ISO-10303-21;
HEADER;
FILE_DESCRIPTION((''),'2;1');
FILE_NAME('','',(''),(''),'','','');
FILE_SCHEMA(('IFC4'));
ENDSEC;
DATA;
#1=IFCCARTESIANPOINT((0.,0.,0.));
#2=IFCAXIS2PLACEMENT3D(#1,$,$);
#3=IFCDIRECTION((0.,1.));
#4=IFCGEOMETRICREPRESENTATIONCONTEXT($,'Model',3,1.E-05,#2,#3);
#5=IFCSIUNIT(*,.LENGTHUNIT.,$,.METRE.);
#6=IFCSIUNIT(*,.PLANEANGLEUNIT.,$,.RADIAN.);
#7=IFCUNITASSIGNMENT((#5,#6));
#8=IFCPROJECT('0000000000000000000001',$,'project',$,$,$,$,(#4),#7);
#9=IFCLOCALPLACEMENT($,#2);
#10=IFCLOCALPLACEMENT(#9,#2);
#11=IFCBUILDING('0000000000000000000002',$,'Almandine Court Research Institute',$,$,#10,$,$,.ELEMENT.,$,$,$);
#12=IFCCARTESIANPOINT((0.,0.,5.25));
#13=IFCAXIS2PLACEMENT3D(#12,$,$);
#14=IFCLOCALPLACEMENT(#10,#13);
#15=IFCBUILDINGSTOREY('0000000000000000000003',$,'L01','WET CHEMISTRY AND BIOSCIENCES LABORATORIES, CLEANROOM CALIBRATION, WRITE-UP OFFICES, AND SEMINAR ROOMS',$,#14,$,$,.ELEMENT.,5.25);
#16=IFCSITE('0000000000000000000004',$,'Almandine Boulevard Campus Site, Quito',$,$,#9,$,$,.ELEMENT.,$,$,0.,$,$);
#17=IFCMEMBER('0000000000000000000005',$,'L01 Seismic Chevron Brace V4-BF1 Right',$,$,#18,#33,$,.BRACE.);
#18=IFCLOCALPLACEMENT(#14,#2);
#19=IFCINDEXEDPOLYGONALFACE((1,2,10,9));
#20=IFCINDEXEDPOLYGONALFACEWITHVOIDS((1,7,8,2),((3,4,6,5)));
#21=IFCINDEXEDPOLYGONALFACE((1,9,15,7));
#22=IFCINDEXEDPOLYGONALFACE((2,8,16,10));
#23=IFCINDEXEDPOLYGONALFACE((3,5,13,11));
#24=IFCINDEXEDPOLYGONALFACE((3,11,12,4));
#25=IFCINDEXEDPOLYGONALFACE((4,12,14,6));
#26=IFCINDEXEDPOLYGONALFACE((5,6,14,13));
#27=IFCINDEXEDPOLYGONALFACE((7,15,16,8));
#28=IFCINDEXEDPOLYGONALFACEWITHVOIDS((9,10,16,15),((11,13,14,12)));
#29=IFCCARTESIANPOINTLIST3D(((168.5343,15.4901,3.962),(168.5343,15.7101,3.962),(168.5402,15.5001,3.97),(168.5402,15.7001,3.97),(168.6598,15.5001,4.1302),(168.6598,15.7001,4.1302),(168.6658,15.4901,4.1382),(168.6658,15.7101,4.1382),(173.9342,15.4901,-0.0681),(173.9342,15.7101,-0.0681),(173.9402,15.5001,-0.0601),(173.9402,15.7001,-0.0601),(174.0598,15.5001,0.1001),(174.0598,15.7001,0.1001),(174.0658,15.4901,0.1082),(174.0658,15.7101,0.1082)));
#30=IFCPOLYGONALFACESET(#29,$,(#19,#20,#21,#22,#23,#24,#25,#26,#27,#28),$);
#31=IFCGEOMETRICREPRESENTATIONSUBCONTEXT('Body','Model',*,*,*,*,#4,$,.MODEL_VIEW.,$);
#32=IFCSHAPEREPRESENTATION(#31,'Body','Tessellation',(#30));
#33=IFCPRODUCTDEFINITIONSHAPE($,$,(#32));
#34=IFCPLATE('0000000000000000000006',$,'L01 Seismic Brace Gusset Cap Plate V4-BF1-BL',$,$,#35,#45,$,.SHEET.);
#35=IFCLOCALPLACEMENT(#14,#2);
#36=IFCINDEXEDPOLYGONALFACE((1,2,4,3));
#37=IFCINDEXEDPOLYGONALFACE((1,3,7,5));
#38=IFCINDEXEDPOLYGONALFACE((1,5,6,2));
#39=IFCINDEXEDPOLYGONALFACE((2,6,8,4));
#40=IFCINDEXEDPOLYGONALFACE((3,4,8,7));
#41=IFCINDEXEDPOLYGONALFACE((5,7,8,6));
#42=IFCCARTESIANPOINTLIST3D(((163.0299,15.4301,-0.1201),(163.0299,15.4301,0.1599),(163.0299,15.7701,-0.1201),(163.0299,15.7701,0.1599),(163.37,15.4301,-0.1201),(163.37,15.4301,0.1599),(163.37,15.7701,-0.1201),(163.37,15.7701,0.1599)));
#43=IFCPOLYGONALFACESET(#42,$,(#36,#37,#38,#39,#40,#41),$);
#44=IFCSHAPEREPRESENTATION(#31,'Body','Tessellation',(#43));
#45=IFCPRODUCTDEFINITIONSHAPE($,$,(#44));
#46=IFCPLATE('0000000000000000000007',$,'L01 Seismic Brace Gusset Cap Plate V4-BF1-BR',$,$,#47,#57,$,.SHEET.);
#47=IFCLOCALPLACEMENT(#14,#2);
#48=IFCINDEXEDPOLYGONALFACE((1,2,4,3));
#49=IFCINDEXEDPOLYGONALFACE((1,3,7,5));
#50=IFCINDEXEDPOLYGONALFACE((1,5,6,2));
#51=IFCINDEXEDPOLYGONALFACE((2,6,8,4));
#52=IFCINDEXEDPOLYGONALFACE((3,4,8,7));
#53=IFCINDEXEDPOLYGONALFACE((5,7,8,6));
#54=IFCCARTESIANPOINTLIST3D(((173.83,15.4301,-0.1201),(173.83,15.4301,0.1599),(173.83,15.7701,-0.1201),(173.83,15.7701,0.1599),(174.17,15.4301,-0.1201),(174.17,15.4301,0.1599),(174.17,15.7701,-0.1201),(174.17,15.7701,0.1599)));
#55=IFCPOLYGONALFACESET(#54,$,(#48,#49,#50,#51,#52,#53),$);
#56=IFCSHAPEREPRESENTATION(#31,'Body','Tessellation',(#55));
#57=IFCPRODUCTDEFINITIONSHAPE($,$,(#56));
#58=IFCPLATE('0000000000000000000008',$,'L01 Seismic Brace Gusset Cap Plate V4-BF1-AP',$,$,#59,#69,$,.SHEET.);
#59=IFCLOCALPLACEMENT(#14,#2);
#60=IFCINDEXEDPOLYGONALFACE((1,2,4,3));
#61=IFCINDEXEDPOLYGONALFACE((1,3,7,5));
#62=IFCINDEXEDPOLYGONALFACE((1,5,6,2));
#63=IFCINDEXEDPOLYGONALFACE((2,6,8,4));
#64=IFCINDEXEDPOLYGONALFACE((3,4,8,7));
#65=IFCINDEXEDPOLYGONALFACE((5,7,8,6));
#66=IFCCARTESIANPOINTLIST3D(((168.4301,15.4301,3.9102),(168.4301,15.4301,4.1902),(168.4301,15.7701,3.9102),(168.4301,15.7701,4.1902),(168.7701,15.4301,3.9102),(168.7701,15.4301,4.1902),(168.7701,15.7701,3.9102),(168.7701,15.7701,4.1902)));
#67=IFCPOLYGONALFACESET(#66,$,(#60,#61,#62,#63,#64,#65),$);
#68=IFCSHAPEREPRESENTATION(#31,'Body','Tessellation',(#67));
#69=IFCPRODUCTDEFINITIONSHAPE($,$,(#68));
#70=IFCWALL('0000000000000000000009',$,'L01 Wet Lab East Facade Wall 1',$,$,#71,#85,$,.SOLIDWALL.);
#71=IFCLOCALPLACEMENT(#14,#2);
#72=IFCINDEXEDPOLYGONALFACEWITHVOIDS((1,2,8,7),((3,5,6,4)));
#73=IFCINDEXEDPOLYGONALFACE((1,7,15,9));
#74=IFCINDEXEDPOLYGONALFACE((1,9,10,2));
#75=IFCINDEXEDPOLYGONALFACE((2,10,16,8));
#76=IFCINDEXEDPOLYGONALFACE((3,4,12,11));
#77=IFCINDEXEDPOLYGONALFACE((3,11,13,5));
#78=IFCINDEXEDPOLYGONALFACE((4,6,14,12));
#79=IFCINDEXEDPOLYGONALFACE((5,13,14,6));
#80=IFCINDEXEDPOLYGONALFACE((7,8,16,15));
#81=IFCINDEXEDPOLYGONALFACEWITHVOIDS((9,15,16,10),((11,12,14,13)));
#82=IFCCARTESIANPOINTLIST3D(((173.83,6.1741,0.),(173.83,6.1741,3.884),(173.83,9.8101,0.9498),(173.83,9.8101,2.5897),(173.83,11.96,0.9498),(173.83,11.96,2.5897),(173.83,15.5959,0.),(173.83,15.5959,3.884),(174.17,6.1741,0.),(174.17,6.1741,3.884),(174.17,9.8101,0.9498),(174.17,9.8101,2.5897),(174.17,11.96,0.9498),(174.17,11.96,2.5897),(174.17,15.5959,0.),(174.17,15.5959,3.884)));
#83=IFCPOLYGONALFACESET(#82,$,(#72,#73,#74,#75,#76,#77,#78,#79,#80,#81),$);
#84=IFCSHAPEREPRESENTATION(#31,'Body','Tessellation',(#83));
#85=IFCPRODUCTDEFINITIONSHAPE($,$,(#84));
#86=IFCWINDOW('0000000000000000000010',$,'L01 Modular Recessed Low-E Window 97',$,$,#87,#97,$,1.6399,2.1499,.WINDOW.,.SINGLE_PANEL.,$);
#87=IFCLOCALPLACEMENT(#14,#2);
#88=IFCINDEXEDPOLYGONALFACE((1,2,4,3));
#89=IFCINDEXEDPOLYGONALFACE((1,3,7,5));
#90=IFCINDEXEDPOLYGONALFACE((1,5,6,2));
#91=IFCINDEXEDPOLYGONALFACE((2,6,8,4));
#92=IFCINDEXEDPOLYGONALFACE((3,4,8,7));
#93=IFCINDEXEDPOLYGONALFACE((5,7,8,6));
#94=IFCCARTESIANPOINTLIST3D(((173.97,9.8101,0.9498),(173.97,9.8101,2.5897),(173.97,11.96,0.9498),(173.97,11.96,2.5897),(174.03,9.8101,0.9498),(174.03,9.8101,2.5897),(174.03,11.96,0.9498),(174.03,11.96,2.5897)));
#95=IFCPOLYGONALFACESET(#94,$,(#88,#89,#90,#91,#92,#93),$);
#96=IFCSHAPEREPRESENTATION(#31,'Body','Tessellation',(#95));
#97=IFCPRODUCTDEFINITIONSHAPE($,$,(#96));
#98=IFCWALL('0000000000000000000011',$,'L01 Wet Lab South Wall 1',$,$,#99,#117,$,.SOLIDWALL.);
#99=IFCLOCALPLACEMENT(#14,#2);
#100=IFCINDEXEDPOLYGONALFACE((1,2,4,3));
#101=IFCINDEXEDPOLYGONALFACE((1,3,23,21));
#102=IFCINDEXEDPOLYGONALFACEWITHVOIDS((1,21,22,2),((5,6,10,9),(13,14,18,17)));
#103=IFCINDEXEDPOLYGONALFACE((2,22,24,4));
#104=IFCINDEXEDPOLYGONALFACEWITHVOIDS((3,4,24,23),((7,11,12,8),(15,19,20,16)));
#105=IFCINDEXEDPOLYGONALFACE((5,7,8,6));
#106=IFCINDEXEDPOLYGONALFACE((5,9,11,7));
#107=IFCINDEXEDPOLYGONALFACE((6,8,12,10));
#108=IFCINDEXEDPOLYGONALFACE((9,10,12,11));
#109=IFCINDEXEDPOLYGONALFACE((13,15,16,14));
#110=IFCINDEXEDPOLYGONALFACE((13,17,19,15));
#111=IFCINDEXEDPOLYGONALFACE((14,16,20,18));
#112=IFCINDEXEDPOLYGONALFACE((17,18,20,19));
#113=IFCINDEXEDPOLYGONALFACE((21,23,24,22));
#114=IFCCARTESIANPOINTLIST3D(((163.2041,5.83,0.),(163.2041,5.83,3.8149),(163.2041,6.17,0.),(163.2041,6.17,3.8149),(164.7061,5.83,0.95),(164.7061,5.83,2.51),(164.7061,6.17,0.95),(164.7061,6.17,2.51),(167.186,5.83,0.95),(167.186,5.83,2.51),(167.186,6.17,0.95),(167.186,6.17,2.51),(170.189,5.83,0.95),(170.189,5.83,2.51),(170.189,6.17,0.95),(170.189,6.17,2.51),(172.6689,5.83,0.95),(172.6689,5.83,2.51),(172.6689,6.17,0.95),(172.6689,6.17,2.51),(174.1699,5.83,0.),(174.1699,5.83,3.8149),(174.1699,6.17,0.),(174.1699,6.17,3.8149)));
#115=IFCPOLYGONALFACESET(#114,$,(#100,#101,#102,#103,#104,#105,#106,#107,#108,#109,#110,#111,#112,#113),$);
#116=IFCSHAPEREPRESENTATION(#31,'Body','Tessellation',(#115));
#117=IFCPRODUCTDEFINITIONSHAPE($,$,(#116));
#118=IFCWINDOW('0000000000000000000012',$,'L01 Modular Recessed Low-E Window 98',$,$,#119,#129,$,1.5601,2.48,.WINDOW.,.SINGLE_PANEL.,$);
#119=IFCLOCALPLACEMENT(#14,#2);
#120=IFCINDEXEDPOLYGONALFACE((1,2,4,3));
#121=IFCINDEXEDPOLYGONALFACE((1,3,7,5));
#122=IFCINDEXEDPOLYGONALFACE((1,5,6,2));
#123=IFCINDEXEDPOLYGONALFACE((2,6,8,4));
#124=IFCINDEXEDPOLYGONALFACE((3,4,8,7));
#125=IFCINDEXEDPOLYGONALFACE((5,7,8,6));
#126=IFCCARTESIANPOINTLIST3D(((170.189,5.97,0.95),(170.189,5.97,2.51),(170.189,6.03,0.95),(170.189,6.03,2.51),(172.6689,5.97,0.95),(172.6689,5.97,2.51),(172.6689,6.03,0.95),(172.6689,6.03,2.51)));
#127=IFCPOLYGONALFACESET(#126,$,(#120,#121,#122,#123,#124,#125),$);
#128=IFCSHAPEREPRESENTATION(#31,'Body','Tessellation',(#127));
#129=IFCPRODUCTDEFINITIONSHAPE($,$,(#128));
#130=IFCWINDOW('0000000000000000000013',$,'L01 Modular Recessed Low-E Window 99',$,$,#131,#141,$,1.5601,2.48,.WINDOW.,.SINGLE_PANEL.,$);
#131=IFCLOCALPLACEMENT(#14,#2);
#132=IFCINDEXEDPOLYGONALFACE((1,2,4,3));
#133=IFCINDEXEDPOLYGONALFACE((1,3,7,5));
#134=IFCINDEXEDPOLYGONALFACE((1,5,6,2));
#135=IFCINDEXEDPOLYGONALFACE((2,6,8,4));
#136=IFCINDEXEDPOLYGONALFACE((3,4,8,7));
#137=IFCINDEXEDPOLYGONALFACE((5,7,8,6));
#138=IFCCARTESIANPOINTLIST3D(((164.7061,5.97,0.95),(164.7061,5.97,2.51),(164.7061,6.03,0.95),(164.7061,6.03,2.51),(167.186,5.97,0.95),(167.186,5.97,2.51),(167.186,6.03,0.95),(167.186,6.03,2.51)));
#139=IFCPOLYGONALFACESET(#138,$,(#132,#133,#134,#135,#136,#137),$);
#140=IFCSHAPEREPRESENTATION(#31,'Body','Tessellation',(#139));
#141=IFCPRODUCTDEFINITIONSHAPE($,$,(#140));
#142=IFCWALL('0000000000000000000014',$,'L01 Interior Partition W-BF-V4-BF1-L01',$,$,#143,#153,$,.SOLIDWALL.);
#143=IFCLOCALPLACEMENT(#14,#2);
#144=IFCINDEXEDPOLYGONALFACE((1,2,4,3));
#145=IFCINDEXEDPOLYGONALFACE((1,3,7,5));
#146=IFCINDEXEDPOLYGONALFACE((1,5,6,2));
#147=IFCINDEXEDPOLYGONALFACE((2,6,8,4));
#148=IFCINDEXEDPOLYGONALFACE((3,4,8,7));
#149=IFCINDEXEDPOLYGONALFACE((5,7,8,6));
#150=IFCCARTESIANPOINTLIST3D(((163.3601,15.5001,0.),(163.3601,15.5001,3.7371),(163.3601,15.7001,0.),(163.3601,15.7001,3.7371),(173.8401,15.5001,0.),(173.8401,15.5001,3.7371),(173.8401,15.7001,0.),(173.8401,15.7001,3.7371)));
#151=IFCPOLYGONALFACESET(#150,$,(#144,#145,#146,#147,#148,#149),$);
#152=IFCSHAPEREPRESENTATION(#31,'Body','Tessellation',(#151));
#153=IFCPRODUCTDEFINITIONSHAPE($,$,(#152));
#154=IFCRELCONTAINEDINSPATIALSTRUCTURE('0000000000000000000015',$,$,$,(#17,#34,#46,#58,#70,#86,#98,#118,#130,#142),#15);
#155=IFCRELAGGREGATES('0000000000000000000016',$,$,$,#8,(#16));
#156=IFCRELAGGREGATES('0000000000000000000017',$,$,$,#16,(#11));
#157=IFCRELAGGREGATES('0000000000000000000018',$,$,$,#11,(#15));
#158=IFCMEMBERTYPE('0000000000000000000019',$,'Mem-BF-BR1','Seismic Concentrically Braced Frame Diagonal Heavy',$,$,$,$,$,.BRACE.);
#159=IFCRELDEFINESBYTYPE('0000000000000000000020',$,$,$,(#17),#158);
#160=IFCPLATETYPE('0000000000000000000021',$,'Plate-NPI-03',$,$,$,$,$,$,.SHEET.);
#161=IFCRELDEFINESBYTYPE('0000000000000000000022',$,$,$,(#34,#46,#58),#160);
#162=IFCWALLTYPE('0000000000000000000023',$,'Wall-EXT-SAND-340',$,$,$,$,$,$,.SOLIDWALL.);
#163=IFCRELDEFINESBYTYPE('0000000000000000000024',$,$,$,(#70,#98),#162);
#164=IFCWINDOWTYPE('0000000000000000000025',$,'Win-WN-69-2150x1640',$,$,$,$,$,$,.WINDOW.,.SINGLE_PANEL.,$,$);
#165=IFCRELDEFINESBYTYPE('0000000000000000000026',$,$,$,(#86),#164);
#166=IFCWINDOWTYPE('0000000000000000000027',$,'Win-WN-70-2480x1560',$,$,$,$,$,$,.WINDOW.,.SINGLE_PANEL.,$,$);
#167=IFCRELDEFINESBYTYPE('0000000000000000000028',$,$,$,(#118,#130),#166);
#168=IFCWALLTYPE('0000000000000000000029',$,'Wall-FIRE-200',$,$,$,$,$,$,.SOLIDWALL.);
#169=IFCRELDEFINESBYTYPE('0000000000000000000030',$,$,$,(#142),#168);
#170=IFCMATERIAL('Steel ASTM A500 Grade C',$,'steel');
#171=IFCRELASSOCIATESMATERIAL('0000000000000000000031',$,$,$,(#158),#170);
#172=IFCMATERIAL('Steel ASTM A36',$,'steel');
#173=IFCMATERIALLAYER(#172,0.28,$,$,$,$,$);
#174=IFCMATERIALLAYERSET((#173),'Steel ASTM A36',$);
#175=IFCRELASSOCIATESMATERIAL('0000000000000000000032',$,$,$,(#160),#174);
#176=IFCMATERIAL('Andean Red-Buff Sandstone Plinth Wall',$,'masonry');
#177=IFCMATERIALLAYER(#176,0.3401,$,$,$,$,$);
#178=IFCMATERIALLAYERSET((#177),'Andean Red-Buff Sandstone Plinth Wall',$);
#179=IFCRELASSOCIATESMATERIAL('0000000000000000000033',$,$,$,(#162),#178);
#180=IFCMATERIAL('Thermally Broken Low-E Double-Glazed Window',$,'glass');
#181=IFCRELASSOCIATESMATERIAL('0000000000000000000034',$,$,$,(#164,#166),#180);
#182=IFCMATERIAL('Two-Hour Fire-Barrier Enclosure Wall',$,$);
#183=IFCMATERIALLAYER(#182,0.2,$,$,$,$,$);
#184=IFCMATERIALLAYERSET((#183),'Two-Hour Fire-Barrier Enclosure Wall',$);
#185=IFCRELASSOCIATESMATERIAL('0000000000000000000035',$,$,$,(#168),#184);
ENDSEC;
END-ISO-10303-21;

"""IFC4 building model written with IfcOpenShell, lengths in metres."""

from ifc_helpers import new_model, si_unit, direction, frame, frame_2d, origin, origin_2d, place, context, subcontext, project, spatial, rectangle, hollow_rectangle, extrude, material, layer, layer_set, material_profile, profile_set, type_object, element, fill, save


model = new_model("IFC4")

# Units and contexts
model_context = context("Model", 3, precision=1e-05, world=origin(), true_north=direction((0.0, 1.0)))
body_context = subcontext(model_context, "Body", "Model", "MODEL_VIEW")
ifc_project = project(units=[si_unit("LENGTHUNIT", "METRE"), si_unit("PLANEANGLEUNIT", "RADIAN")], contexts=[model_context])

# Site, building, storey
site_placement = place(None, origin())
site = spatial("IfcSite", under=ifc_project, at=site_placement, Name="Almandine Boulevard Campus Site, Quito", CompositionType="ELEMENT", RefElevation=0.0)
building_placement = place(site_placement, origin())
building = spatial("IfcBuilding", under=site, at=building_placement, Name="Almandine Court Research Institute", CompositionType="ELEMENT")
storey_placement = place(building_placement, frame((0.0, 0.0, 5.25)))
storey = spatial("IfcBuildingStorey", under=building, at=storey_placement, Name="L01", Description="WET CHEMISTRY AND BIOSCIENCES LABORATORIES, CLEANROOM CALIBRATION, WRITE-UP OFFICES, AND SEMINAR ROOMS", CompositionType="ELEMENT", Elevation=5.25)

# Member
ifc_material_1 = material(Name="Steel ASTM A500 Grade C", Category="steel")
ifc_material_profile_1 = material_profile(ifc_material_1, hollow_rectangle(XDim=0.22, YDim=0.22, WallThickness=0.01, at=origin_2d()), Name="HSS 220x220x10")
ifc_profile_set_1 = profile_set([ifc_material_profile_1], Name="Steel ASTM A500 Grade C")
member_type = type_object("IfcMemberType", Name="Mem-BF-BR1", Description="Seismic Concentrically Braced Frame Diagonal Heavy", PredefinedType="BRACE", material=ifc_profile_set_1)
for number, where, z_axis, x_axis, name in (
    (1, (174.0, 15.6001, 0.02), (-0.801415, 0.0, 0.598108), (0.0, -1.0, 0.0), "L01 Seismic Chevron Brace V4-BF1 Right"),
):
    element("IfcMember", number, at=place(storey_placement, frame(where, z_axis=z_axis, x_axis=x_axis)), inside=storey, type_object=member_type, Name=name, PredefinedType="BRACE", context=body_context, shape_type="SweptSolid", body=[
        extrude(hollow_rectangle(XDim=0.22, YDim=0.22, WallThickness=0.01, at=origin_2d()), origin(), (0.0, 0.0, 1.0), 6.738),
    ])

# Plates
ifc_material_2 = material(Name="Steel ASTM A36", Category="steel")
ifc_layer_1 = layer(ifc_material_2, 0.28)
ifc_layer_set_1 = layer_set([ifc_layer_1], Name="Steel ASTM A36")
plate_type = type_object("IfcPlateType", Name="Plate-NPI-03", PredefinedType="SHEET", material=ifc_layer_set_1)
for number, where, z_axis, x_axis, name in (
    (2, (163.2, 15.6001, -0.1201), (0.0, 0.0, 1.0), (1.0, 0.0, 0.0), "L01 Seismic Brace Gusset Cap Plate V4-BF1-BL"),
    (3, (174.0, 15.6001, -0.1201), (0.0, 0.0, 1.0), (1.0, 0.0, 0.0), "L01 Seismic Brace Gusset Cap Plate V4-BF1-BR"),
    (4, (168.6001, 15.6001, 3.9102), (0.0, 0.0, 1.0), (1.0, 0.0, 0.0), "L01 Seismic Brace Gusset Cap Plate V4-BF1-AP"),
):
    element("IfcPlate", number, at=place(storey_placement, frame(where, z_axis=z_axis, x_axis=x_axis)), inside=storey, type_object=plate_type, Name=name, PredefinedType="SHEET", context=body_context, shape_type="SweptSolid", body=[
        extrude(rectangle(XDim=0.3401, YDim=0.3401, at=origin_2d()), origin(), (0.0, 0.0, 1.0), 0.28),
    ])

# Wall, opening, window
ifc_material_3 = material(Name="Andean Red-Buff Sandstone Plinth Wall", Category="masonry")
ifc_layer_2 = layer(ifc_material_3, 0.3401)
ifc_layer_set_2 = layer_set([ifc_layer_2], Name="Andean Red-Buff Sandstone Plinth Wall")
wall_type_1 = type_object("IfcWallType", Name="Wall-EXT-SAND-340", PredefinedType="SOLIDWALL", material=ifc_layer_set_2)
wall_1_placement = place(storey_placement, frame((174.0, 15.5959, 0.0), z_axis=(0.0, 0.0, 1.0), x_axis=(0.0, -1.0, 0.0)))
wall_1 = element("IfcWall", 5, at=wall_1_placement, inside=storey, type_object=wall_type_1, Name="L01 Wet Lab East Facade Wall 1", PredefinedType="SOLIDWALL", context=body_context, shape_type="SweptSolid", body=[
    extrude(rectangle(XDim=9.4219, YDim=0.3401, at=frame_2d((4.7109, 0.0))), origin(), (0.0, 0.0, 1.0), 3.884),
])
opening_1_placement = place(wall_1_placement, frame((3.636, 0.0, 0.95)))
opening_1 = element("IfcOpeningElement", 6, at=opening_1_placement, cuts=wall_1, PredefinedType="OPENING", context=body_context, shape_type="SweptSolid", body=[
    extrude(rectangle(XDim=2.1499, YDim=1.6399, at=frame_2d((1.075, 0.8198))), frame((0.0, 0.1799, 0.0), z_axis=(0.0, -1.0, 0.0), x_axis=(1.0, 0.0, 0.0)), (0.0, 0.0, 1.0), 0.3601),
])
ifc_material_4 = material(Name="Thermally Broken Low-E Double-Glazed Window", Category="glass")
window_type_1 = type_object("IfcWindowType", Name="Win-WN-69-2150x1640", PartitioningType="SINGLE_PANEL", PredefinedType="WINDOW", material=ifc_material_4)
window_1_placement = place(opening_1_placement, origin())
window_1 = element("IfcWindow", 7, at=window_1_placement, inside=storey, type_object=window_type_1, Name="L01 Modular Recessed Low-E Window 97", OverallHeight=1.6399, OverallWidth=2.1499, PartitioningType="SINGLE_PANEL", PredefinedType="WINDOW", context=body_context, shape_type="SweptSolid", body=[
    extrude(rectangle(XDim=2.1499, YDim=1.6399, at=frame_2d((1.075, 0.8198))), frame((0.0, 0.03, 0.0), z_axis=(0.0, -1.0, 0.0), x_axis=(1.0, 0.0, 0.0)), (0.0, 0.0, 1.0), 0.0601),
])
fill(opening_1, window_1)

# Wall, openings, windows
wall_2_placement = place(storey_placement, frame((174.1699, 6.0, 0.0), z_axis=(0.0, 0.0, 1.0), x_axis=(-1.0, 0.0, 0.0)))
wall_2 = element("IfcWall", 8, at=wall_2_placement, inside=storey, type_object=wall_type_1, Name="L01 Wet Lab South Wall 1", PredefinedType="SOLIDWALL", context=body_context, shape_type="SweptSolid", body=[
    extrude(rectangle(XDim=10.9658, YDim=0.3401, at=frame_2d((5.4829, 0.0))), origin(), (0.0, 0.0, 1.0), 3.8149),
])
opening_2_placement = place(wall_2_placement, frame((1.501, 0.0, 0.95)))
opening_2 = element("IfcOpeningElement", 9, at=opening_2_placement, cuts=wall_2, PredefinedType="OPENING", context=body_context, shape_type="SweptSolid", body=[
    extrude(rectangle(XDim=2.48, YDim=1.5601, at=frame_2d((1.24, 0.78))), frame((0.0, 0.1799, 0.0), z_axis=(0.0, -1.0, 0.0), x_axis=(1.0, 0.0, 0.0)), (0.0, 0.0, 1.0), 0.3601),
])
opening_3_placement = place(wall_2_placement, frame((6.9839, 0.0, 0.95)))
opening_3 = element("IfcOpeningElement", 10, at=opening_3_placement, cuts=wall_2, PredefinedType="OPENING", context=body_context, shape_type="SweptSolid", body=[
    extrude(rectangle(XDim=2.48, YDim=1.5601, at=frame_2d((1.24, 0.78))), frame((0.0, 0.1799, 0.0), z_axis=(0.0, -1.0, 0.0), x_axis=(1.0, 0.0, 0.0)), (0.0, 0.0, 1.0), 0.3601),
])
window_type_2 = type_object("IfcWindowType", Name="Win-WN-70-2480x1560", PartitioningType="SINGLE_PANEL", PredefinedType="WINDOW", material=ifc_material_4)
window_2_placement = place(opening_2_placement, origin())
window_2 = element("IfcWindow", 11, at=window_2_placement, inside=storey, type_object=window_type_2, Name="L01 Modular Recessed Low-E Window 98", OverallHeight=1.5601, OverallWidth=2.48, PartitioningType="SINGLE_PANEL", PredefinedType="WINDOW", context=body_context, shape_type="SweptSolid", body=[
    extrude(rectangle(XDim=2.48, YDim=1.5601, at=frame_2d((1.24, 0.78))), frame((0.0, 0.03, 0.0), z_axis=(0.0, -1.0, 0.0), x_axis=(1.0, 0.0, 0.0)), (0.0, 0.0, 1.0), 0.0601),
])
fill(opening_2, window_2)
window_3_placement = place(opening_3_placement, origin())
window_3 = element("IfcWindow", 12, at=window_3_placement, inside=storey, type_object=window_type_2, Name="L01 Modular Recessed Low-E Window 99", OverallHeight=1.5601, OverallWidth=2.48, PartitioningType="SINGLE_PANEL", PredefinedType="WINDOW", context=body_context, shape_type="SweptSolid", body=[
    extrude(rectangle(XDim=2.48, YDim=1.5601, at=frame_2d((1.24, 0.78))), frame((0.0, 0.03, 0.0), z_axis=(0.0, -1.0, 0.0), x_axis=(1.0, 0.0, 0.0)), (0.0, 0.0, 1.0), 0.0601),
])
fill(opening_3, window_3)

# Wall
ifc_material_5 = material(Name="Two-Hour Fire-Barrier Enclosure Wall")
ifc_layer_3 = layer(ifc_material_5, 0.2)
ifc_layer_set_3 = layer_set([ifc_layer_3], Name="Two-Hour Fire-Barrier Enclosure Wall")
wall_type_2 = type_object("IfcWallType", Name="Wall-FIRE-200", PredefinedType="SOLIDWALL", material=ifc_layer_set_3)
wall_3_placement = place(storey_placement, frame((163.3601, 15.6001, 0.0), z_axis=(0.0, 0.0, 1.0), x_axis=(1.0, 0.0, 0.0)))
element("IfcWall", 13, at=wall_3_placement, inside=storey, type_object=wall_type_2, Name="L01 Interior Partition W-BF-V4-BF1-L01", PredefinedType="SOLIDWALL", context=body_context, shape_type="SweptSolid", body=[
    extrude(rectangle(XDim=10.48, YDim=0.2, at=frame_2d((5.24, 0.0))), origin(), (0.0, 0.0, 1.0), 3.7371),
])

save(model, "model.ifc")
